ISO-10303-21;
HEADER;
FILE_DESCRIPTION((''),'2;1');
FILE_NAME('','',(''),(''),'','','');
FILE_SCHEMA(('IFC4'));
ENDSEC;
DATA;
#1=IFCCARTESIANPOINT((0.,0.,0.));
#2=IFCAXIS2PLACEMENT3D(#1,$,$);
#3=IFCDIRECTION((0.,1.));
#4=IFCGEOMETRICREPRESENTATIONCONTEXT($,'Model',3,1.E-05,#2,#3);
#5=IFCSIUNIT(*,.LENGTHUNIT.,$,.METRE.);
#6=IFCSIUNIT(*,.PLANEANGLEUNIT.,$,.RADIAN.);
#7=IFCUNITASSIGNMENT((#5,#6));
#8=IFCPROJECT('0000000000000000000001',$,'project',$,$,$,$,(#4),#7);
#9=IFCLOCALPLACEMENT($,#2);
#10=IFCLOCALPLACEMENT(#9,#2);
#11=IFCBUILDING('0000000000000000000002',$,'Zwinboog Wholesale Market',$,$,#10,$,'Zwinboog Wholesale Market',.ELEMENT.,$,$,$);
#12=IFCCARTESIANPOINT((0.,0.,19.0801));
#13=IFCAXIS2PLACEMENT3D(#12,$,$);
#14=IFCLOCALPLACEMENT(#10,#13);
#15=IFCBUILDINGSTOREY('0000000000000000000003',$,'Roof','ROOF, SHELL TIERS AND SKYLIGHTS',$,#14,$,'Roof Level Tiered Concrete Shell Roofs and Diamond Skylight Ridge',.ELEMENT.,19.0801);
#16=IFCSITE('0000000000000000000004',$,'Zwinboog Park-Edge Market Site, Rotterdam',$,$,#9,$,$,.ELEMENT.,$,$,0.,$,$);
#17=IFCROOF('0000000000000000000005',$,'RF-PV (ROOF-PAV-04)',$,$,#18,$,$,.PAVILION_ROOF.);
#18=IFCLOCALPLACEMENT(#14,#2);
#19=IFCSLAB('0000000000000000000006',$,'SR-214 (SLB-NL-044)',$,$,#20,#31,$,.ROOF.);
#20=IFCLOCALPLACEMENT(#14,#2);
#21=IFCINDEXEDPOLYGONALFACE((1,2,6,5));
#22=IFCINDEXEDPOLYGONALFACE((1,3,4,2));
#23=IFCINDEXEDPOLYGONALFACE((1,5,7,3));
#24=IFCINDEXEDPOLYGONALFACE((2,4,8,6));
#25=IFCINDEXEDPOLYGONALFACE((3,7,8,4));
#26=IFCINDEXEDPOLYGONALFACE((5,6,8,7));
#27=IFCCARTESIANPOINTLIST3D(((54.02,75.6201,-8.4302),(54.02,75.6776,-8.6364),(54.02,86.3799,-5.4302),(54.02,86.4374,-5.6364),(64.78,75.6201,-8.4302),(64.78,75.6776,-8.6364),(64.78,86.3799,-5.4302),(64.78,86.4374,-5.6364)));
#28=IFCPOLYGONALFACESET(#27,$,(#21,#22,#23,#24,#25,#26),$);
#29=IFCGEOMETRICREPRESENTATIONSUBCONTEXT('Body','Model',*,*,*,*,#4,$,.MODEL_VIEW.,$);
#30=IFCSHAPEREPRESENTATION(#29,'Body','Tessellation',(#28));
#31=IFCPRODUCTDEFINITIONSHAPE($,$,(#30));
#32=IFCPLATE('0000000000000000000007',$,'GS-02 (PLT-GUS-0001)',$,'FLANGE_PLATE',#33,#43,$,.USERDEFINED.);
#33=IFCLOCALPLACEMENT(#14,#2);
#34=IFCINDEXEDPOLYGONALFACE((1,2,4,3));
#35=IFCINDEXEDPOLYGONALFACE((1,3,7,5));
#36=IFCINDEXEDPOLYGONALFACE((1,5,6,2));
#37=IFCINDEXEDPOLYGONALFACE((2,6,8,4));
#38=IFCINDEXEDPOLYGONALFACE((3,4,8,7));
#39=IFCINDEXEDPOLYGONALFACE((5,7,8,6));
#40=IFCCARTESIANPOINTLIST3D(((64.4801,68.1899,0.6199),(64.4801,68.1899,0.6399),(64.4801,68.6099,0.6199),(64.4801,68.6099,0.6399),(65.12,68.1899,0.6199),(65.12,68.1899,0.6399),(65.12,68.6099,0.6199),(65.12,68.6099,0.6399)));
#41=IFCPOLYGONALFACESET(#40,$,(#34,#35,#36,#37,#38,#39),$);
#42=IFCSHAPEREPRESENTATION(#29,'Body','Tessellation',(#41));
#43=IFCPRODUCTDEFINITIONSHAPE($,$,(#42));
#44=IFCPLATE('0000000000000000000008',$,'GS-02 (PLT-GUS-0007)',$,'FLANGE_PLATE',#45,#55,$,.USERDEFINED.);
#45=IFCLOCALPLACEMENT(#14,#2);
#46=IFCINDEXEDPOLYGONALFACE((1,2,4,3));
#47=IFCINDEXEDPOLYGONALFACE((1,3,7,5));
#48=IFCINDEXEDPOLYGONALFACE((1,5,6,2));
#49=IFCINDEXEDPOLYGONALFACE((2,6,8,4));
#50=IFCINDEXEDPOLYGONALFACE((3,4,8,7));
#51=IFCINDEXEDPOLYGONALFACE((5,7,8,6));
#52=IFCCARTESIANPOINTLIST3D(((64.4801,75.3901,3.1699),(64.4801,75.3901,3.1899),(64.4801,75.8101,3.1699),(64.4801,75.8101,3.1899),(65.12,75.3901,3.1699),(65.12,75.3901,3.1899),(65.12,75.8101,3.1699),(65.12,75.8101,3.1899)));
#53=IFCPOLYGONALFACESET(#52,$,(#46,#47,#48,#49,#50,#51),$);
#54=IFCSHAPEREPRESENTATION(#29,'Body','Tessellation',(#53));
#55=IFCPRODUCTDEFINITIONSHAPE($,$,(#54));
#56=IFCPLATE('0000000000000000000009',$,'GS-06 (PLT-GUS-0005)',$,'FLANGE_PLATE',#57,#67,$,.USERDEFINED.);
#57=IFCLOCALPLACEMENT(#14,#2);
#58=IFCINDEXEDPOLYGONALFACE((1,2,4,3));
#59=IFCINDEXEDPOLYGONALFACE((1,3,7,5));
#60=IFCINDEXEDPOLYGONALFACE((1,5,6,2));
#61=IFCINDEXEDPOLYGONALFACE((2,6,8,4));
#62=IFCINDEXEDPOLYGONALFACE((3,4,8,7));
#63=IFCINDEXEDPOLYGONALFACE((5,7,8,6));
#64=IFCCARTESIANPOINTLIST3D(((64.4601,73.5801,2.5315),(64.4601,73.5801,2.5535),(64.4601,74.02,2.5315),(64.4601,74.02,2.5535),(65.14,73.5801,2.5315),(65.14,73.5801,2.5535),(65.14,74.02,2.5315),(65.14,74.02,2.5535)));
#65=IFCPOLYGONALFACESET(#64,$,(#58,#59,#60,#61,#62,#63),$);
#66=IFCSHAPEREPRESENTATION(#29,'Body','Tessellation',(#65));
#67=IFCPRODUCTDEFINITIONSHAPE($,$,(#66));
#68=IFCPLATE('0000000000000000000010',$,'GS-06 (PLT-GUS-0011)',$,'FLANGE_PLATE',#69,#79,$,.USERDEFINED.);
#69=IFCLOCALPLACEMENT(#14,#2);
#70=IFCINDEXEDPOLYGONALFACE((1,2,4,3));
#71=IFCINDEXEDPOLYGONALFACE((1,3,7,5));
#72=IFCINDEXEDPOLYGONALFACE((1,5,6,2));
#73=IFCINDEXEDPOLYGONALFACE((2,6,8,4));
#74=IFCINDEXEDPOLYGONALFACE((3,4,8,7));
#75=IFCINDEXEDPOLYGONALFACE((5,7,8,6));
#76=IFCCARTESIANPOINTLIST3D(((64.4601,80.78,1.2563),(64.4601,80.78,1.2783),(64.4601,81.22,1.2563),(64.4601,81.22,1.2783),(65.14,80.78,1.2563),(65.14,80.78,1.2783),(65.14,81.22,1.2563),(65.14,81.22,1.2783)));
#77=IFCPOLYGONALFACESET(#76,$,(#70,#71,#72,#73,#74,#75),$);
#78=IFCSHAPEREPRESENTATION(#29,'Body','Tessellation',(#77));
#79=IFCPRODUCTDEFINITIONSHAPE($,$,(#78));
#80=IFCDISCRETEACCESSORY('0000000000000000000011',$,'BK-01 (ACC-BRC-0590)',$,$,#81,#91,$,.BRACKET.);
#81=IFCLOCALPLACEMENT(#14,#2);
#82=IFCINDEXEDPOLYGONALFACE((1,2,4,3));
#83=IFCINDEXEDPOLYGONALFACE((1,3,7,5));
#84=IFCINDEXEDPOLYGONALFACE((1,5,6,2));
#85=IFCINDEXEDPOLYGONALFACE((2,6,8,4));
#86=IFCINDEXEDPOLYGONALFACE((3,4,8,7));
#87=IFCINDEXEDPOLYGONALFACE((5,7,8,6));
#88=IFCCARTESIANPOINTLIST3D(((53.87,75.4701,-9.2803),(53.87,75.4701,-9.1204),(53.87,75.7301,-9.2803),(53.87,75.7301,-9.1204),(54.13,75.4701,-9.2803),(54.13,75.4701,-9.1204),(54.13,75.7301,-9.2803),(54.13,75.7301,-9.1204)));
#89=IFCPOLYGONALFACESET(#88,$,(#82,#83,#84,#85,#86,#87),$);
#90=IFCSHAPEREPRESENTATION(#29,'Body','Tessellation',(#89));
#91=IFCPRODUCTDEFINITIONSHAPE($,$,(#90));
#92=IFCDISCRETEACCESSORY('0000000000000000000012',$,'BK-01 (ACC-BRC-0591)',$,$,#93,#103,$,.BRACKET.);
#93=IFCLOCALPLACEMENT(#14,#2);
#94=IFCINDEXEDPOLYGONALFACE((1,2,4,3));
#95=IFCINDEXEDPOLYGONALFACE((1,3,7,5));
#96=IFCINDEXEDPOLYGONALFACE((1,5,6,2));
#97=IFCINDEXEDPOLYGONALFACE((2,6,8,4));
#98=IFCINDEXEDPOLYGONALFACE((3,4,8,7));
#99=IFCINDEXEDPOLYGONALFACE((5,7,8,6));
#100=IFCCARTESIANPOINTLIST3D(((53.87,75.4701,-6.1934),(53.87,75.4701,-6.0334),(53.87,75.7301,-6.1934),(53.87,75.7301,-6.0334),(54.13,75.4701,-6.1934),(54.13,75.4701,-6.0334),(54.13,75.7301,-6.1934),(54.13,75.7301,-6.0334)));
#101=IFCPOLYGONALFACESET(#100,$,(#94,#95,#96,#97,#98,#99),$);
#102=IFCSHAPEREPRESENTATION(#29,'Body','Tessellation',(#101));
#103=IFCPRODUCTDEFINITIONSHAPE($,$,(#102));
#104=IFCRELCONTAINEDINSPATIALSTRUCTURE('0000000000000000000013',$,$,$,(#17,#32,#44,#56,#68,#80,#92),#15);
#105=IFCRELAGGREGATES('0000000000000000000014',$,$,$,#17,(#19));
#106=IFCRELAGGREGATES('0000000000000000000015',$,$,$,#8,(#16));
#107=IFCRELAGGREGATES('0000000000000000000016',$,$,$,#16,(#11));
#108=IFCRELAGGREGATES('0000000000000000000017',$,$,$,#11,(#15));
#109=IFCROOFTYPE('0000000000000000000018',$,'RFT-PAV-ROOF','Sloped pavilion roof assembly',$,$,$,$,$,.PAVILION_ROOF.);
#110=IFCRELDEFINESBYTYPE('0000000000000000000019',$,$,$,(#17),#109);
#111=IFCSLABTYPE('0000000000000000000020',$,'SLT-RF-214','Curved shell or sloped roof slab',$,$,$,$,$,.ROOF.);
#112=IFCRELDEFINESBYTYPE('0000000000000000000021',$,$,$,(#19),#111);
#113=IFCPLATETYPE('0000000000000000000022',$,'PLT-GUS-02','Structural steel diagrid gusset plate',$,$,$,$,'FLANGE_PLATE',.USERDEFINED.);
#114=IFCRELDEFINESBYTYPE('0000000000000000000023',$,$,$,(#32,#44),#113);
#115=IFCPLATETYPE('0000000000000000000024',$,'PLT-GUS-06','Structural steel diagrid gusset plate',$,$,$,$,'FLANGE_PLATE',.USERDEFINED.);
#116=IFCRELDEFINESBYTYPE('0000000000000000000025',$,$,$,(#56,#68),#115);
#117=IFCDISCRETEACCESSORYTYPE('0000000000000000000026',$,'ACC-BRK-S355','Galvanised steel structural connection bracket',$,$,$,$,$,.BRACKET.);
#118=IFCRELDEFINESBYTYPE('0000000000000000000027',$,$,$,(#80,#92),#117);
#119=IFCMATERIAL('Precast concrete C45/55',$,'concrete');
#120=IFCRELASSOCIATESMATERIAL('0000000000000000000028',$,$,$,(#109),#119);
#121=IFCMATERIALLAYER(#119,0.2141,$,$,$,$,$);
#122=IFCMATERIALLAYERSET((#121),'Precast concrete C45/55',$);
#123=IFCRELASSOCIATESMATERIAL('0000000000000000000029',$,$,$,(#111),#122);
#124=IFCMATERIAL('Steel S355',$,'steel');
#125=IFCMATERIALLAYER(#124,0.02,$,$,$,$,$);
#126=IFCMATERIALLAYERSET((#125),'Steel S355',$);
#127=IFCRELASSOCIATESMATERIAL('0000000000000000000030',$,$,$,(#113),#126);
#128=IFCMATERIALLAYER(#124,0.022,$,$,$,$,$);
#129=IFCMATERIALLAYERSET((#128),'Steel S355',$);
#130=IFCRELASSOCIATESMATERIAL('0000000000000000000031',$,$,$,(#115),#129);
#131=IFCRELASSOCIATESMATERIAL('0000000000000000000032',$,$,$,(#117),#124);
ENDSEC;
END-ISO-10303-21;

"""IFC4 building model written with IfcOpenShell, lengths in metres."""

from ifc_helpers import new_model, si_unit, direction, frame, origin, origin_2d, place, context, subcontext, project, spatial, polyline, rectangle, outline, extrude, material, layer, layer_set, type_object, element, aggregate, save


model = new_model("IFC4")

# Units and contexts
model_context = context("Model", 3, precision=1e-05, world=origin(), true_north=direction((0.0, 1.0)))
body_context = subcontext(model_context, "Body", "Model", "MODEL_VIEW")
ifc_project = project(units=[si_unit("LENGTHUNIT", "METRE"), si_unit("PLANEANGLEUNIT", "RADIAN")], contexts=[model_context])

# Site, building, storey
site_placement = place(None, origin())
site = spatial("IfcSite", under=ifc_project, at=site_placement, Name="Zwinboog Park-Edge Market Site, Rotterdam", CompositionType="ELEMENT", RefElevation=0.0)
building_placement = place(site_placement, origin())
building = spatial("IfcBuilding", under=site, at=building_placement, Name="Zwinboog Wholesale Market", LongName="Zwinboog Wholesale Market", CompositionType="ELEMENT")
storey_placement = place(building_placement, frame((0.0, 0.0, 19.0801)))
storey = spatial("IfcBuildingStorey", under=building, at=storey_placement, Name="Roof", Description="ROOF, SHELL TIERS AND SKYLIGHTS", LongName="Roof Level Tiered Concrete Shell Roofs and Diamond Skylight Ridge", CompositionType="ELEMENT", Elevation=19.0801)

# Shared definitions
ifc_material_1 = material(Name="Precast concrete C45/55", Category="concrete")

# Shared definitions
ifc_material_2 = material(Name="Steel S355", Category="steel")

# Roof, slab
roof_type = type_object("IfcRoofType", Name="RFT-PAV-ROOF", Description="Sloped pavilion roof assembly", PredefinedType="PAVILION_ROOF", material=ifc_material_1)
ifc_layer_1 = layer(ifc_material_1, 0.2141)
ifc_layer_set_1 = layer_set([ifc_layer_1], Name="Precast concrete C45/55")
slab_type = type_object("IfcSlabType", Name="SLT-RF-214", Description="Curved shell or sloped roof slab", PredefinedType="ROOF", material=ifc_layer_set_1)
roof_1_placement = place(storey_placement, origin())
roof_1 = element("IfcRoof", 1, at=roof_1_placement, inside=storey, type_object=roof_type, Name="RF-PV (ROOF-PAV-04)", PredefinedType="PAVILION_ROOF")
slab_1_placement = place(storey_placement, frame((54.02, 75.6201, -8.4302), z_axis=(0.0, -0.268573, 0.963259), x_axis=(1.0, 0.0, 0.0)))
slab_1 = element("IfcSlab", 2, at=slab_1_placement, type_object=slab_type, Name="SR-214 (SLB-NL-044)", PredefinedType="ROOF", context=body_context, shape_type="SweptSolid", body=[
    extrude(outline(polyline([(0.0, 0.0), (10.76, 0.0), (10.76, 11.1702), (0.0, 11.1702), (0.0, 0.0)])), origin(), (0.0, 0.0, -1.0), 0.2141),
])
aggregate(roof_1, [slab_1])

# Plates
ifc_layer_2 = layer(ifc_material_2, 0.02)
ifc_layer_set_2 = layer_set([ifc_layer_2], Name="Steel S355")
plate_type_1 = type_object("IfcPlateType", Name="PLT-GUS-02", Description="Structural steel diagrid gusset plate", ElementType="FLANGE_PLATE", PredefinedType="USERDEFINED", material=ifc_layer_set_2)
for number, where, z_axis, x_axis, name in (
    (3, (64.8, 68.3999, 0.6199), (0.0, 0.0, 1.0), (1.0, 0.0, 0.0), "GS-02 (PLT-GUS-0001)"),
    (4, (64.8, 75.6001, 3.1699), (0.0, 0.0, 1.0), (1.0, 0.0, 0.0), "GS-02 (PLT-GUS-0007)"),
):
    element("IfcPlate", number, at=place(storey_placement, frame(where, z_axis=z_axis, x_axis=x_axis)), inside=storey, type_object=plate_type_1, Name=name, ObjectType="FLANGE_PLATE", PredefinedType="USERDEFINED", context=body_context, shape_type="SweptSolid", body=[
        extrude(rectangle(XDim=0.6399, YDim=0.4199, at=origin_2d()), origin(), (0.0, 0.0, 1.0), 0.02),
    ])
ifc_layer_3 = layer(ifc_material_2, 0.022)
ifc_layer_set_3 = layer_set([ifc_layer_3], Name="Steel S355")
plate_type_2 = type_object("IfcPlateType", Name="PLT-GUS-06", Description="Structural steel diagrid gusset plate", ElementType="FLANGE_PLATE", PredefinedType="USERDEFINED", material=ifc_layer_set_3)
for number, where, z_axis, x_axis, name in (
    (5, (64.8, 73.8, 2.5315), (0.0, 0.0, 1.0), (1.0, 0.0, 0.0), "GS-06 (PLT-GUS-0005)"),
    (6, (64.8, 81.0, 1.2563), (0.0, 0.0, 1.0), (1.0, 0.0, 0.0), "GS-06 (PLT-GUS-0011)"),
):
    element("IfcPlate", number, at=place(storey_placement, frame(where, z_axis=z_axis, x_axis=x_axis)), inside=storey, type_object=plate_type_2, Name=name, ObjectType="FLANGE_PLATE", PredefinedType="USERDEFINED", context=body_context, shape_type="SweptSolid", body=[
        extrude(rectangle(XDim=0.6799, YDim=0.4399, at=origin_2d()), origin(), (0.0, 0.0, 1.0), 0.022),
    ])

# Discrete accessories
discrete_accessory_type = type_object("IfcDiscreteAccessoryType", Name="ACC-BRK-S355", Description="Galvanised steel structural connection bracket", PredefinedType="BRACKET", material=ifc_material_2)
for number, where, z_axis, x_axis, name in (
    (7, (54.0, 75.6001, -9.2803), (0.0, 0.0, 1.0), (1.0, 0.0, 0.0), "BK-01 (ACC-BRC-0590)"),
    (8, (54.0, 75.6001, -6.1934), (0.0, 0.0, 1.0), (1.0, 0.0, 0.0), "BK-01 (ACC-BRC-0591)"),
):
    element("IfcDiscreteAccessory", number, at=place(storey_placement, frame(where, z_axis=z_axis, x_axis=x_axis)), inside=storey, type_object=discrete_accessory_type, Name=name, PredefinedType="BRACKET", context=body_context, shape_type="SweptSolid", body=[
        extrude(rectangle(XDim=0.26, YDim=0.26, at=origin_2d()), origin(), (0.0, 0.0, 1.0), 0.1599),
    ])

save(model, "model.ifc")
